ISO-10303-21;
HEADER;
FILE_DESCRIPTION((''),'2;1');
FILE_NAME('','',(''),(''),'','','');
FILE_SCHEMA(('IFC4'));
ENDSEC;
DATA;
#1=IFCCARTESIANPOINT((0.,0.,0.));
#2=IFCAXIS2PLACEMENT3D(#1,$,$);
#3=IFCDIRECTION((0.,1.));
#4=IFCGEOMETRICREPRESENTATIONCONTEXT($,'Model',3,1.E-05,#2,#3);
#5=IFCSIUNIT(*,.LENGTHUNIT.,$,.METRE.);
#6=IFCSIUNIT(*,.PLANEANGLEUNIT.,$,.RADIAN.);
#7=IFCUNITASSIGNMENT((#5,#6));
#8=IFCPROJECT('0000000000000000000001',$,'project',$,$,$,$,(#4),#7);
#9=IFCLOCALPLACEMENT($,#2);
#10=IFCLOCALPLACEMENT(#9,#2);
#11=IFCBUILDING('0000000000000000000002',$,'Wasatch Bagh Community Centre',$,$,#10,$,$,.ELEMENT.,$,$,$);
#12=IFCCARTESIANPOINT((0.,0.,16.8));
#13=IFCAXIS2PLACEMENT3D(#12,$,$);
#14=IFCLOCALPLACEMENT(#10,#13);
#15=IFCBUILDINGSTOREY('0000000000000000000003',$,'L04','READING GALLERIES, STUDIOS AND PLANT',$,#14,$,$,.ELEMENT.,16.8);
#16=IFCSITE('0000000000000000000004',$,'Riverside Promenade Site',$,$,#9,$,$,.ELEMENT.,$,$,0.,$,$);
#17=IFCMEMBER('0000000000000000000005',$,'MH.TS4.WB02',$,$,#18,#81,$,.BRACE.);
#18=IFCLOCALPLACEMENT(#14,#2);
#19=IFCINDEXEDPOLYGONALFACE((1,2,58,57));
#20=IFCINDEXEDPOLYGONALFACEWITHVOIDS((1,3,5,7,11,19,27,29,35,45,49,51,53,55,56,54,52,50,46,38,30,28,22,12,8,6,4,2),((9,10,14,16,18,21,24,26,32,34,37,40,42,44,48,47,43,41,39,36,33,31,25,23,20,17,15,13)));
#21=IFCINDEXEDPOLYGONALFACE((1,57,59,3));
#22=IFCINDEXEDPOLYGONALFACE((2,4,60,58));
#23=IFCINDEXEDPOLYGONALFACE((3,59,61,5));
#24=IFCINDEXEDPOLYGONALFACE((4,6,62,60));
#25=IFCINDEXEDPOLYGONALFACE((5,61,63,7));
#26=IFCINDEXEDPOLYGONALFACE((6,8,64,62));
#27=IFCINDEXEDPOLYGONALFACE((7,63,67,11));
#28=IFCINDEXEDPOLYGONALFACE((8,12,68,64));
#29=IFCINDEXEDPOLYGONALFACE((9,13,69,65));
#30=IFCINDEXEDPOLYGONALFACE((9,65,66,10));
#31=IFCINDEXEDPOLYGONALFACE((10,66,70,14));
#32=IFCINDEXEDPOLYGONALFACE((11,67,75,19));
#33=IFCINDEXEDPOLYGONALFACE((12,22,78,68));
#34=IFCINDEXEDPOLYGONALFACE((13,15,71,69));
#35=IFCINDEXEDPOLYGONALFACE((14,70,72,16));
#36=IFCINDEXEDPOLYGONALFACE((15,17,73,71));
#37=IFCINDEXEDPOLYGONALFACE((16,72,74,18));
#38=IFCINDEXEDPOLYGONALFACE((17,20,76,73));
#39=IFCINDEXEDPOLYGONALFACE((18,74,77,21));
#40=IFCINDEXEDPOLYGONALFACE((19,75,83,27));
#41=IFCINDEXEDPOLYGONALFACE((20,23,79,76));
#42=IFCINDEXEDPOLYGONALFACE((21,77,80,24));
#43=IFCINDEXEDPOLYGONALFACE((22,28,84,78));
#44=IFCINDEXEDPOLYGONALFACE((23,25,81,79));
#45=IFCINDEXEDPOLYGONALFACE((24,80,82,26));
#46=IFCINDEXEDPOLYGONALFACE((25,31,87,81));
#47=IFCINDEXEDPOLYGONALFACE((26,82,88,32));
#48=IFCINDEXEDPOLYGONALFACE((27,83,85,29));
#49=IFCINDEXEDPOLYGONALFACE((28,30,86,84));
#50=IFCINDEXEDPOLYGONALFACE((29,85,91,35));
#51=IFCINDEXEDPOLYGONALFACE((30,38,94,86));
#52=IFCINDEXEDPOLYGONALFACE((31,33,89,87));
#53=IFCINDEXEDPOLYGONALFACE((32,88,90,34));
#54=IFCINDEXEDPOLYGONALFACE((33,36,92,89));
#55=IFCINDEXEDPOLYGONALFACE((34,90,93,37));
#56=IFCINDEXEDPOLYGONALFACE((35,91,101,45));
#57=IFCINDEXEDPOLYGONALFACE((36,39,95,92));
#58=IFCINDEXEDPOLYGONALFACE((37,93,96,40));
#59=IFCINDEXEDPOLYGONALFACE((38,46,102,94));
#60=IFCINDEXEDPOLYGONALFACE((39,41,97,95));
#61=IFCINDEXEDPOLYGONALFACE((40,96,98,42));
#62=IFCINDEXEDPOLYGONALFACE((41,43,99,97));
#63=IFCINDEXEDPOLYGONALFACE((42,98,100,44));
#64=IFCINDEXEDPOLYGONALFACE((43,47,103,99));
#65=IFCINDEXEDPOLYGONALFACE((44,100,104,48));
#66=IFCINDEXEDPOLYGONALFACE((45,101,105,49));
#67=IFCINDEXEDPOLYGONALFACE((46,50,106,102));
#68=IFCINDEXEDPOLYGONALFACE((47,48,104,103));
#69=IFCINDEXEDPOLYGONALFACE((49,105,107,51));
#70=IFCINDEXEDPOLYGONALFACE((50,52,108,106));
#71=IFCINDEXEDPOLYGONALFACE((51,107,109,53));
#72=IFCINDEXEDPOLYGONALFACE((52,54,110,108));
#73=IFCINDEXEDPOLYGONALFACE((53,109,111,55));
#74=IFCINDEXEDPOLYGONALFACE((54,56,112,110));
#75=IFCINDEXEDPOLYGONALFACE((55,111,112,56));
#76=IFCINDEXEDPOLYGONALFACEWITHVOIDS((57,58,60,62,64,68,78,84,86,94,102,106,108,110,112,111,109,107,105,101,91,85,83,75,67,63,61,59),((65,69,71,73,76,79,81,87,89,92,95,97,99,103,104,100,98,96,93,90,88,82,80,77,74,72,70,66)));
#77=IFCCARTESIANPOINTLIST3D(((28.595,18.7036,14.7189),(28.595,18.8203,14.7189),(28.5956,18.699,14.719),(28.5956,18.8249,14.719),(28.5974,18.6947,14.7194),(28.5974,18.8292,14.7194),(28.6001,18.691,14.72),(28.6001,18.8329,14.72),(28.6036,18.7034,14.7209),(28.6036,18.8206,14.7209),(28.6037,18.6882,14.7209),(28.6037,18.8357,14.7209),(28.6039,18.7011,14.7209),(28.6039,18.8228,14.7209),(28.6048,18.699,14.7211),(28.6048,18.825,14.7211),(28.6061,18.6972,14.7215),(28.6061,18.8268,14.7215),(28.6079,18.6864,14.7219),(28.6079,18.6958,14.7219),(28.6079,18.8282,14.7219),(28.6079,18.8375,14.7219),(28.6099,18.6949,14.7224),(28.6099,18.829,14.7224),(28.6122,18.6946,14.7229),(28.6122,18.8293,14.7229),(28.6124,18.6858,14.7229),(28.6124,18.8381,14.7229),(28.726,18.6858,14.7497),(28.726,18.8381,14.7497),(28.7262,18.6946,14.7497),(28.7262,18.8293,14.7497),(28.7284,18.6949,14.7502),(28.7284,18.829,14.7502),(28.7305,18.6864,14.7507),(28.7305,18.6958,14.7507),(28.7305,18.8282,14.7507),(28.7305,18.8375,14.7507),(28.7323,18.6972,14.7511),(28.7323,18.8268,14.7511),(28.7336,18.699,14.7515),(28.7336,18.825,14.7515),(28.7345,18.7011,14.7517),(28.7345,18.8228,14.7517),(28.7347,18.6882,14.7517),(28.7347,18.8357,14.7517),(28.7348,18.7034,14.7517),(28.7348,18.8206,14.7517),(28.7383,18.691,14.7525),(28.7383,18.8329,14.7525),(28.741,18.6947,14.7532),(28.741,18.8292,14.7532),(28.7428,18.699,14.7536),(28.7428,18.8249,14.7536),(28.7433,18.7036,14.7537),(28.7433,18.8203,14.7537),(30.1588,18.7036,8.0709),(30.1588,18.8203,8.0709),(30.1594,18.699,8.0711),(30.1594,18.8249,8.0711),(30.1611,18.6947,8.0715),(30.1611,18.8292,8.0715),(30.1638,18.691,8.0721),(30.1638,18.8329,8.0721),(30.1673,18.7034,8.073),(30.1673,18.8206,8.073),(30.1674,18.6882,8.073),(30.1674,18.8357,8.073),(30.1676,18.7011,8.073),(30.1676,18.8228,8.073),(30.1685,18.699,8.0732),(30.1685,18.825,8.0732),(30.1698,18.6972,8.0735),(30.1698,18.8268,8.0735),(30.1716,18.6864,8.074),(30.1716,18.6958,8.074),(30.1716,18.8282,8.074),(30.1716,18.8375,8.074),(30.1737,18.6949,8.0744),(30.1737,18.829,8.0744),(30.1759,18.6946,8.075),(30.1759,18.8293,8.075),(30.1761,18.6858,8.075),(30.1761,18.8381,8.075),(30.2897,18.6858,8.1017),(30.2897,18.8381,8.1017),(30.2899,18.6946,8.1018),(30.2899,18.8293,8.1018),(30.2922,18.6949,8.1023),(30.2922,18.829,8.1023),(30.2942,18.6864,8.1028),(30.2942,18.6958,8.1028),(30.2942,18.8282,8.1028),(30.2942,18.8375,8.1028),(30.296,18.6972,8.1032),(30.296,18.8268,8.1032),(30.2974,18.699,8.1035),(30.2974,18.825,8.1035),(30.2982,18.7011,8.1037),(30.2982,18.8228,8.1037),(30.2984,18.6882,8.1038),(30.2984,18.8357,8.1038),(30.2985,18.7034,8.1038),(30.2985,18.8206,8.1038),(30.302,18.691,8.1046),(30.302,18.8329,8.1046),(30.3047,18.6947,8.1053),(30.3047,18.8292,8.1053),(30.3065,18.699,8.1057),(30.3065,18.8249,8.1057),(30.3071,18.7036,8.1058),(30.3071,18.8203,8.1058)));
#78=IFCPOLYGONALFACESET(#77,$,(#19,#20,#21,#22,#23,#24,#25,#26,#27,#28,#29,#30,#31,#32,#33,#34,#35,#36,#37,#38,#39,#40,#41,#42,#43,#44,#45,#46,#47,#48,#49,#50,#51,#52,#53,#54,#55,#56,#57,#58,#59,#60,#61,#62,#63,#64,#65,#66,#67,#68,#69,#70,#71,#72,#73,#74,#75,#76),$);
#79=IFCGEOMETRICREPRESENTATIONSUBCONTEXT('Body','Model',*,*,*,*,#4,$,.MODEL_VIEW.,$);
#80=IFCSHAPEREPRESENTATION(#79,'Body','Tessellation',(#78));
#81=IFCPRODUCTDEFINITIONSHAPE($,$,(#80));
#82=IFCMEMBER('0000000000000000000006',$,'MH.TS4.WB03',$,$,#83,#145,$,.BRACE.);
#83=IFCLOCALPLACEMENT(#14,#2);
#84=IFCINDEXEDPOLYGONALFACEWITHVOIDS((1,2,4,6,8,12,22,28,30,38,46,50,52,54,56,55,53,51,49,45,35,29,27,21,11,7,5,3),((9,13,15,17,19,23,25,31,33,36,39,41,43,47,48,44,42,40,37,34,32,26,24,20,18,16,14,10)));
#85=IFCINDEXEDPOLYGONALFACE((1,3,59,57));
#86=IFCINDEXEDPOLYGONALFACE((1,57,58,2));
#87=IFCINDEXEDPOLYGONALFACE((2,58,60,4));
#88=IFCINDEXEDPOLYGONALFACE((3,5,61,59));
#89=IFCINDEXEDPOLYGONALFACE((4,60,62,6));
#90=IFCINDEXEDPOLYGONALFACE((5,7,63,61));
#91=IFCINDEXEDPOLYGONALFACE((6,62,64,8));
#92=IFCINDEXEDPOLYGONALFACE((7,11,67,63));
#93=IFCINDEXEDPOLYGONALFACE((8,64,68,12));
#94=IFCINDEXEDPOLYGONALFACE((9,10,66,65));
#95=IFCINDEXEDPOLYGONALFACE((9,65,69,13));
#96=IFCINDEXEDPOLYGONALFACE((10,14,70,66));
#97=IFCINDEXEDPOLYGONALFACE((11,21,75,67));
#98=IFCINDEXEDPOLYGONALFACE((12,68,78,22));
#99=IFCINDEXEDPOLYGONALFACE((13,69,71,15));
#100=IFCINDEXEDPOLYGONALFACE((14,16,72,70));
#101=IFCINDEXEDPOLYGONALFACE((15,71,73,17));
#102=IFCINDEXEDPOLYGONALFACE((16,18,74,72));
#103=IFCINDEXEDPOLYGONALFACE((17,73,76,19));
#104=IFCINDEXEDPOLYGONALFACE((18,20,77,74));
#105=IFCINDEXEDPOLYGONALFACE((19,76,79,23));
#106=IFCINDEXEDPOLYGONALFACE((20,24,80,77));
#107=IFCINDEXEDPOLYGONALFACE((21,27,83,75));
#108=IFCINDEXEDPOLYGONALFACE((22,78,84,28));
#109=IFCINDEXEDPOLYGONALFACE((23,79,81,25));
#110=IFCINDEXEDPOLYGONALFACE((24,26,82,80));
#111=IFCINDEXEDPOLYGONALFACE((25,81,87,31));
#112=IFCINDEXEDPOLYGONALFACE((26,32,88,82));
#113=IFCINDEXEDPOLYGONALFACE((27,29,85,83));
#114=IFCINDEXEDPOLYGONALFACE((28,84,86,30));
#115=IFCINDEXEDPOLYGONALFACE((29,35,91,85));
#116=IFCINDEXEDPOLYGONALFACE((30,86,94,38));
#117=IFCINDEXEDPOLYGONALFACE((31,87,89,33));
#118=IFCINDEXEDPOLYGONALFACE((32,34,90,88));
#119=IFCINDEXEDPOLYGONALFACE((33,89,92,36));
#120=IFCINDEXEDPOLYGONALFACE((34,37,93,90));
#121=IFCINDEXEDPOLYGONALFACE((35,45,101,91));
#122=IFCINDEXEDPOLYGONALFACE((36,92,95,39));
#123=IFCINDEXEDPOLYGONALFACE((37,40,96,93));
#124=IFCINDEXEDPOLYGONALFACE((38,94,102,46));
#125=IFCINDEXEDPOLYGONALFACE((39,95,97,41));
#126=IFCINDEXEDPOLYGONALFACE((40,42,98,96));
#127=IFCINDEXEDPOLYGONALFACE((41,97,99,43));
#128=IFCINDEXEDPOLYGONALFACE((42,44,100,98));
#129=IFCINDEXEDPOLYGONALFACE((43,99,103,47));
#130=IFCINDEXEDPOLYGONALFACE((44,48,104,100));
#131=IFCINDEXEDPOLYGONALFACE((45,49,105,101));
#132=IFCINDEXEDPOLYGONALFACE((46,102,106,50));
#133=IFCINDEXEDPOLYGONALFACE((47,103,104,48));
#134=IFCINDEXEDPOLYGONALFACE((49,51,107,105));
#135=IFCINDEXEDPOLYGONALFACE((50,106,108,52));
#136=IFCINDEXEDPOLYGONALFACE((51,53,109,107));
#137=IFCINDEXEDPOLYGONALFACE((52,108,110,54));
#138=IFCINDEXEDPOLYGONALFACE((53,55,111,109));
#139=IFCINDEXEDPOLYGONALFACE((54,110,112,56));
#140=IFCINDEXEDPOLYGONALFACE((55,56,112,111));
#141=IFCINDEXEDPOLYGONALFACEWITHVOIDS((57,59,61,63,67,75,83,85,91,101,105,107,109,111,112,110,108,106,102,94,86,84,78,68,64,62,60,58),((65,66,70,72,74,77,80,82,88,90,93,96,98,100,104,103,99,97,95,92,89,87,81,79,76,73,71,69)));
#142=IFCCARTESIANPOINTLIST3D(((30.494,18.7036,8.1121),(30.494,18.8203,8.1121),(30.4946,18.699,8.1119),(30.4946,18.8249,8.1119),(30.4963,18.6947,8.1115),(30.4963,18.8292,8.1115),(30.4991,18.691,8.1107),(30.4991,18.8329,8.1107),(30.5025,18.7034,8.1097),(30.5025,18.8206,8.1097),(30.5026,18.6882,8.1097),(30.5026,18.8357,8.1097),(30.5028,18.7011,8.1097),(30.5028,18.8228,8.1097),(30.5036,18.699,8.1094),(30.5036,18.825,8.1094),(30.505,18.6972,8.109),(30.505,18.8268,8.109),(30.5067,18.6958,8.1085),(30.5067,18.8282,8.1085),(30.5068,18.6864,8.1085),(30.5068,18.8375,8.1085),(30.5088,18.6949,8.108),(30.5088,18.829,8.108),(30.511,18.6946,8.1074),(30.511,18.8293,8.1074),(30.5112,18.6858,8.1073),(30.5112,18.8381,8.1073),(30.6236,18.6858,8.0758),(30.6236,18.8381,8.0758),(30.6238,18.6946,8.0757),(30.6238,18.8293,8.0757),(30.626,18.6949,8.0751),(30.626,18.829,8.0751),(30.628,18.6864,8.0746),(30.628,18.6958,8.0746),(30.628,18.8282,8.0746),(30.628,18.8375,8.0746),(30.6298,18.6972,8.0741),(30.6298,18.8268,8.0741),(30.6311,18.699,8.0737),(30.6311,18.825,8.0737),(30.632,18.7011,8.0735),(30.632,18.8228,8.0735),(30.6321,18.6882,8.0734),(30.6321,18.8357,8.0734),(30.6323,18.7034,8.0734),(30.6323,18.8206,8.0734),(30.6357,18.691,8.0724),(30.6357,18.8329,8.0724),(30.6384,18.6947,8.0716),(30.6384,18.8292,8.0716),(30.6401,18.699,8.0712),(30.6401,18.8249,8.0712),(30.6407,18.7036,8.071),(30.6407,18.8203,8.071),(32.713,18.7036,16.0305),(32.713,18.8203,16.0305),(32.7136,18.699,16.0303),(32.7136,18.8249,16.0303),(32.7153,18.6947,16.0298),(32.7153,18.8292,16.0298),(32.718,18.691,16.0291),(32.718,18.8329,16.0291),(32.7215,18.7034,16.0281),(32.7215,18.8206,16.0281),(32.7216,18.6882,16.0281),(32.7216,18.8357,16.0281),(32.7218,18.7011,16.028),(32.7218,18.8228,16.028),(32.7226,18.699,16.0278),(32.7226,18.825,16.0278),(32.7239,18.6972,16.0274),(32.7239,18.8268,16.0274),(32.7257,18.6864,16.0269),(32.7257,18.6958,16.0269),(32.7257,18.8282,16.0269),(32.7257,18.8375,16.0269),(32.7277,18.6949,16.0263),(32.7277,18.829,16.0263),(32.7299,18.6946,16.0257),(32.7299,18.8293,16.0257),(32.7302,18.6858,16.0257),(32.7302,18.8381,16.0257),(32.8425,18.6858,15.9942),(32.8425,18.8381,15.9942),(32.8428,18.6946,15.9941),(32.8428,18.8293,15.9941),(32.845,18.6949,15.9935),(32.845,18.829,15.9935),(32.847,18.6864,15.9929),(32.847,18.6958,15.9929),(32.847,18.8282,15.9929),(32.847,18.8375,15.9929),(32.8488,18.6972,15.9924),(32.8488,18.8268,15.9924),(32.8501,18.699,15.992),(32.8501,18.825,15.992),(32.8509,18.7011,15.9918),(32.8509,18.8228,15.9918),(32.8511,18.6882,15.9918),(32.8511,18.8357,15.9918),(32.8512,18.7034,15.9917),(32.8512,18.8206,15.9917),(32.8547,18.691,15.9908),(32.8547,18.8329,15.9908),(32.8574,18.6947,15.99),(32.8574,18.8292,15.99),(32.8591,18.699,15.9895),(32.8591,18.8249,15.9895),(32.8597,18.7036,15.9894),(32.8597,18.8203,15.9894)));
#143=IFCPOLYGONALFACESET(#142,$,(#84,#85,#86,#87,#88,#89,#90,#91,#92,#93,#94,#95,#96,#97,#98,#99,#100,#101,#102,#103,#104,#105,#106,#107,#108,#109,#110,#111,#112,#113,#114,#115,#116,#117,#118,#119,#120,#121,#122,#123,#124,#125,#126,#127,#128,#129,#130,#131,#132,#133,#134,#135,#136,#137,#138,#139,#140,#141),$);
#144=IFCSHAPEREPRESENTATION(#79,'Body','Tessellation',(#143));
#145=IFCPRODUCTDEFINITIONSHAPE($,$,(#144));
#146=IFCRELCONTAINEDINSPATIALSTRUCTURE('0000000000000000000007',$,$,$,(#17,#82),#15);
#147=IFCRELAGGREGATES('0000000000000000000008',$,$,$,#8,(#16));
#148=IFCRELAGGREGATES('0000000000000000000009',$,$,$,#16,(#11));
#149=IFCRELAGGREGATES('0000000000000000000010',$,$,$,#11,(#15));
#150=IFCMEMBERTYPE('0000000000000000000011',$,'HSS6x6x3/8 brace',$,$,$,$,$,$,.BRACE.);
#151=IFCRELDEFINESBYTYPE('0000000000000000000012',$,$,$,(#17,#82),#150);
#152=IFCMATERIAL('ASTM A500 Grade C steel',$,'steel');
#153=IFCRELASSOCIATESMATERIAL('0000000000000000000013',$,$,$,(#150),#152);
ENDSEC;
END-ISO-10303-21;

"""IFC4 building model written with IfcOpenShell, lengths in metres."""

from ifc_helpers import new_model, si_unit, direction, frame, origin, origin_2d, place, context, subcontext, project, spatial, hollow_rectangle, extrude, material, material_profile, profile_set, type_object, element, save


model = new_model("IFC4")

# Units and contexts
model_context = context("Model", 3, precision=1e-05, world=origin(), true_north=direction((0.0, 1.0)))
body_context = subcontext(model_context, "Body", "Model", "MODEL_VIEW")
ifc_project = project(units=[si_unit("LENGTHUNIT", "METRE"), si_unit("PLANEANGLEUNIT", "RADIAN")], contexts=[model_context])

# Site, building, storey
site_placement = place(None, origin())
site = spatial("IfcSite", under=ifc_project, at=site_placement, Name="Riverside Promenade Site", CompositionType="ELEMENT", RefElevation=0.0)
building_placement = place(site_placement, origin())
building = spatial("IfcBuilding", under=site, at=building_placement, Name="Wasatch Bagh Community Centre", CompositionType="ELEMENT")
storey_placement = place(building_placement, frame((0.0, 0.0, 16.8)))
storey = spatial("IfcBuildingStorey", under=building, at=storey_placement, Name="L04", Description="READING GALLERIES, STUDIOS AND PLANT", CompositionType="ELEMENT", Elevation=16.8)

# Members
ifc_material_1 = material(Name="ASTM A500 Grade C steel", Category="steel")
ifc_material_profile_1 = material_profile(ifc_material_1, hollow_rectangle(XDim=0.1523, YDim=0.1523, WallThickness=0.0088, InnerFilletRadius=0.0088, OuterFilletRadius=0.0178, at=origin_2d()), Name="HSS6x6x3/8")
ifc_profile_set_1 = profile_set([ifc_material_profile_1], Name="ASTM A500 Grade C steel")
member_type_1 = type_object("IfcMemberType", Name="HSS6x6x3/8 brace", PredefinedType="BRACE", material=ifc_profile_set_1)
member_1_placement = place(storey_placement, frame((30.2329, 18.762, 8.0884), z_axis=(-0.22897, 0.0, 0.973434), x_axis=(0.0, -1.0, 0.0)))
element("IfcMember", 1, at=member_1_placement, inside=storey, type_object=member_type_1, Name="MH.TS4.WB02", PredefinedType="BRACE", context=body_context, shape_type="SweptSolid", body=[
    extrude(hollow_rectangle(XDim=0.1523, YDim=0.1523, WallThickness=0.0088, InnerFilletRadius=0.0088, OuterFilletRadius=0.0178, at=origin_2d()), origin(), (0.0, 0.0, 1.0), 6.8293),
])
member_2_placement = place(storey_placement, frame((30.5674, 18.762, 8.0916), z_axis=(0.269836, 0.0, 0.962906), x_axis=(0.0, 1.0, 0.0)))
element("IfcMember", 2, at=member_2_placement, inside=storey, type_object=member_type_1, Name="MH.TS4.WB03", PredefinedType="BRACE", context=body_context, shape_type="SweptSolid", body=[
    extrude(hollow_rectangle(XDim=0.1523, YDim=0.1523, WallThickness=0.0088, InnerFilletRadius=0.0088, OuterFilletRadius=0.0178, at=origin_2d()), origin(), (0.0, 0.0, 1.0), 8.2234),
])

save(model, "model.ifc")
